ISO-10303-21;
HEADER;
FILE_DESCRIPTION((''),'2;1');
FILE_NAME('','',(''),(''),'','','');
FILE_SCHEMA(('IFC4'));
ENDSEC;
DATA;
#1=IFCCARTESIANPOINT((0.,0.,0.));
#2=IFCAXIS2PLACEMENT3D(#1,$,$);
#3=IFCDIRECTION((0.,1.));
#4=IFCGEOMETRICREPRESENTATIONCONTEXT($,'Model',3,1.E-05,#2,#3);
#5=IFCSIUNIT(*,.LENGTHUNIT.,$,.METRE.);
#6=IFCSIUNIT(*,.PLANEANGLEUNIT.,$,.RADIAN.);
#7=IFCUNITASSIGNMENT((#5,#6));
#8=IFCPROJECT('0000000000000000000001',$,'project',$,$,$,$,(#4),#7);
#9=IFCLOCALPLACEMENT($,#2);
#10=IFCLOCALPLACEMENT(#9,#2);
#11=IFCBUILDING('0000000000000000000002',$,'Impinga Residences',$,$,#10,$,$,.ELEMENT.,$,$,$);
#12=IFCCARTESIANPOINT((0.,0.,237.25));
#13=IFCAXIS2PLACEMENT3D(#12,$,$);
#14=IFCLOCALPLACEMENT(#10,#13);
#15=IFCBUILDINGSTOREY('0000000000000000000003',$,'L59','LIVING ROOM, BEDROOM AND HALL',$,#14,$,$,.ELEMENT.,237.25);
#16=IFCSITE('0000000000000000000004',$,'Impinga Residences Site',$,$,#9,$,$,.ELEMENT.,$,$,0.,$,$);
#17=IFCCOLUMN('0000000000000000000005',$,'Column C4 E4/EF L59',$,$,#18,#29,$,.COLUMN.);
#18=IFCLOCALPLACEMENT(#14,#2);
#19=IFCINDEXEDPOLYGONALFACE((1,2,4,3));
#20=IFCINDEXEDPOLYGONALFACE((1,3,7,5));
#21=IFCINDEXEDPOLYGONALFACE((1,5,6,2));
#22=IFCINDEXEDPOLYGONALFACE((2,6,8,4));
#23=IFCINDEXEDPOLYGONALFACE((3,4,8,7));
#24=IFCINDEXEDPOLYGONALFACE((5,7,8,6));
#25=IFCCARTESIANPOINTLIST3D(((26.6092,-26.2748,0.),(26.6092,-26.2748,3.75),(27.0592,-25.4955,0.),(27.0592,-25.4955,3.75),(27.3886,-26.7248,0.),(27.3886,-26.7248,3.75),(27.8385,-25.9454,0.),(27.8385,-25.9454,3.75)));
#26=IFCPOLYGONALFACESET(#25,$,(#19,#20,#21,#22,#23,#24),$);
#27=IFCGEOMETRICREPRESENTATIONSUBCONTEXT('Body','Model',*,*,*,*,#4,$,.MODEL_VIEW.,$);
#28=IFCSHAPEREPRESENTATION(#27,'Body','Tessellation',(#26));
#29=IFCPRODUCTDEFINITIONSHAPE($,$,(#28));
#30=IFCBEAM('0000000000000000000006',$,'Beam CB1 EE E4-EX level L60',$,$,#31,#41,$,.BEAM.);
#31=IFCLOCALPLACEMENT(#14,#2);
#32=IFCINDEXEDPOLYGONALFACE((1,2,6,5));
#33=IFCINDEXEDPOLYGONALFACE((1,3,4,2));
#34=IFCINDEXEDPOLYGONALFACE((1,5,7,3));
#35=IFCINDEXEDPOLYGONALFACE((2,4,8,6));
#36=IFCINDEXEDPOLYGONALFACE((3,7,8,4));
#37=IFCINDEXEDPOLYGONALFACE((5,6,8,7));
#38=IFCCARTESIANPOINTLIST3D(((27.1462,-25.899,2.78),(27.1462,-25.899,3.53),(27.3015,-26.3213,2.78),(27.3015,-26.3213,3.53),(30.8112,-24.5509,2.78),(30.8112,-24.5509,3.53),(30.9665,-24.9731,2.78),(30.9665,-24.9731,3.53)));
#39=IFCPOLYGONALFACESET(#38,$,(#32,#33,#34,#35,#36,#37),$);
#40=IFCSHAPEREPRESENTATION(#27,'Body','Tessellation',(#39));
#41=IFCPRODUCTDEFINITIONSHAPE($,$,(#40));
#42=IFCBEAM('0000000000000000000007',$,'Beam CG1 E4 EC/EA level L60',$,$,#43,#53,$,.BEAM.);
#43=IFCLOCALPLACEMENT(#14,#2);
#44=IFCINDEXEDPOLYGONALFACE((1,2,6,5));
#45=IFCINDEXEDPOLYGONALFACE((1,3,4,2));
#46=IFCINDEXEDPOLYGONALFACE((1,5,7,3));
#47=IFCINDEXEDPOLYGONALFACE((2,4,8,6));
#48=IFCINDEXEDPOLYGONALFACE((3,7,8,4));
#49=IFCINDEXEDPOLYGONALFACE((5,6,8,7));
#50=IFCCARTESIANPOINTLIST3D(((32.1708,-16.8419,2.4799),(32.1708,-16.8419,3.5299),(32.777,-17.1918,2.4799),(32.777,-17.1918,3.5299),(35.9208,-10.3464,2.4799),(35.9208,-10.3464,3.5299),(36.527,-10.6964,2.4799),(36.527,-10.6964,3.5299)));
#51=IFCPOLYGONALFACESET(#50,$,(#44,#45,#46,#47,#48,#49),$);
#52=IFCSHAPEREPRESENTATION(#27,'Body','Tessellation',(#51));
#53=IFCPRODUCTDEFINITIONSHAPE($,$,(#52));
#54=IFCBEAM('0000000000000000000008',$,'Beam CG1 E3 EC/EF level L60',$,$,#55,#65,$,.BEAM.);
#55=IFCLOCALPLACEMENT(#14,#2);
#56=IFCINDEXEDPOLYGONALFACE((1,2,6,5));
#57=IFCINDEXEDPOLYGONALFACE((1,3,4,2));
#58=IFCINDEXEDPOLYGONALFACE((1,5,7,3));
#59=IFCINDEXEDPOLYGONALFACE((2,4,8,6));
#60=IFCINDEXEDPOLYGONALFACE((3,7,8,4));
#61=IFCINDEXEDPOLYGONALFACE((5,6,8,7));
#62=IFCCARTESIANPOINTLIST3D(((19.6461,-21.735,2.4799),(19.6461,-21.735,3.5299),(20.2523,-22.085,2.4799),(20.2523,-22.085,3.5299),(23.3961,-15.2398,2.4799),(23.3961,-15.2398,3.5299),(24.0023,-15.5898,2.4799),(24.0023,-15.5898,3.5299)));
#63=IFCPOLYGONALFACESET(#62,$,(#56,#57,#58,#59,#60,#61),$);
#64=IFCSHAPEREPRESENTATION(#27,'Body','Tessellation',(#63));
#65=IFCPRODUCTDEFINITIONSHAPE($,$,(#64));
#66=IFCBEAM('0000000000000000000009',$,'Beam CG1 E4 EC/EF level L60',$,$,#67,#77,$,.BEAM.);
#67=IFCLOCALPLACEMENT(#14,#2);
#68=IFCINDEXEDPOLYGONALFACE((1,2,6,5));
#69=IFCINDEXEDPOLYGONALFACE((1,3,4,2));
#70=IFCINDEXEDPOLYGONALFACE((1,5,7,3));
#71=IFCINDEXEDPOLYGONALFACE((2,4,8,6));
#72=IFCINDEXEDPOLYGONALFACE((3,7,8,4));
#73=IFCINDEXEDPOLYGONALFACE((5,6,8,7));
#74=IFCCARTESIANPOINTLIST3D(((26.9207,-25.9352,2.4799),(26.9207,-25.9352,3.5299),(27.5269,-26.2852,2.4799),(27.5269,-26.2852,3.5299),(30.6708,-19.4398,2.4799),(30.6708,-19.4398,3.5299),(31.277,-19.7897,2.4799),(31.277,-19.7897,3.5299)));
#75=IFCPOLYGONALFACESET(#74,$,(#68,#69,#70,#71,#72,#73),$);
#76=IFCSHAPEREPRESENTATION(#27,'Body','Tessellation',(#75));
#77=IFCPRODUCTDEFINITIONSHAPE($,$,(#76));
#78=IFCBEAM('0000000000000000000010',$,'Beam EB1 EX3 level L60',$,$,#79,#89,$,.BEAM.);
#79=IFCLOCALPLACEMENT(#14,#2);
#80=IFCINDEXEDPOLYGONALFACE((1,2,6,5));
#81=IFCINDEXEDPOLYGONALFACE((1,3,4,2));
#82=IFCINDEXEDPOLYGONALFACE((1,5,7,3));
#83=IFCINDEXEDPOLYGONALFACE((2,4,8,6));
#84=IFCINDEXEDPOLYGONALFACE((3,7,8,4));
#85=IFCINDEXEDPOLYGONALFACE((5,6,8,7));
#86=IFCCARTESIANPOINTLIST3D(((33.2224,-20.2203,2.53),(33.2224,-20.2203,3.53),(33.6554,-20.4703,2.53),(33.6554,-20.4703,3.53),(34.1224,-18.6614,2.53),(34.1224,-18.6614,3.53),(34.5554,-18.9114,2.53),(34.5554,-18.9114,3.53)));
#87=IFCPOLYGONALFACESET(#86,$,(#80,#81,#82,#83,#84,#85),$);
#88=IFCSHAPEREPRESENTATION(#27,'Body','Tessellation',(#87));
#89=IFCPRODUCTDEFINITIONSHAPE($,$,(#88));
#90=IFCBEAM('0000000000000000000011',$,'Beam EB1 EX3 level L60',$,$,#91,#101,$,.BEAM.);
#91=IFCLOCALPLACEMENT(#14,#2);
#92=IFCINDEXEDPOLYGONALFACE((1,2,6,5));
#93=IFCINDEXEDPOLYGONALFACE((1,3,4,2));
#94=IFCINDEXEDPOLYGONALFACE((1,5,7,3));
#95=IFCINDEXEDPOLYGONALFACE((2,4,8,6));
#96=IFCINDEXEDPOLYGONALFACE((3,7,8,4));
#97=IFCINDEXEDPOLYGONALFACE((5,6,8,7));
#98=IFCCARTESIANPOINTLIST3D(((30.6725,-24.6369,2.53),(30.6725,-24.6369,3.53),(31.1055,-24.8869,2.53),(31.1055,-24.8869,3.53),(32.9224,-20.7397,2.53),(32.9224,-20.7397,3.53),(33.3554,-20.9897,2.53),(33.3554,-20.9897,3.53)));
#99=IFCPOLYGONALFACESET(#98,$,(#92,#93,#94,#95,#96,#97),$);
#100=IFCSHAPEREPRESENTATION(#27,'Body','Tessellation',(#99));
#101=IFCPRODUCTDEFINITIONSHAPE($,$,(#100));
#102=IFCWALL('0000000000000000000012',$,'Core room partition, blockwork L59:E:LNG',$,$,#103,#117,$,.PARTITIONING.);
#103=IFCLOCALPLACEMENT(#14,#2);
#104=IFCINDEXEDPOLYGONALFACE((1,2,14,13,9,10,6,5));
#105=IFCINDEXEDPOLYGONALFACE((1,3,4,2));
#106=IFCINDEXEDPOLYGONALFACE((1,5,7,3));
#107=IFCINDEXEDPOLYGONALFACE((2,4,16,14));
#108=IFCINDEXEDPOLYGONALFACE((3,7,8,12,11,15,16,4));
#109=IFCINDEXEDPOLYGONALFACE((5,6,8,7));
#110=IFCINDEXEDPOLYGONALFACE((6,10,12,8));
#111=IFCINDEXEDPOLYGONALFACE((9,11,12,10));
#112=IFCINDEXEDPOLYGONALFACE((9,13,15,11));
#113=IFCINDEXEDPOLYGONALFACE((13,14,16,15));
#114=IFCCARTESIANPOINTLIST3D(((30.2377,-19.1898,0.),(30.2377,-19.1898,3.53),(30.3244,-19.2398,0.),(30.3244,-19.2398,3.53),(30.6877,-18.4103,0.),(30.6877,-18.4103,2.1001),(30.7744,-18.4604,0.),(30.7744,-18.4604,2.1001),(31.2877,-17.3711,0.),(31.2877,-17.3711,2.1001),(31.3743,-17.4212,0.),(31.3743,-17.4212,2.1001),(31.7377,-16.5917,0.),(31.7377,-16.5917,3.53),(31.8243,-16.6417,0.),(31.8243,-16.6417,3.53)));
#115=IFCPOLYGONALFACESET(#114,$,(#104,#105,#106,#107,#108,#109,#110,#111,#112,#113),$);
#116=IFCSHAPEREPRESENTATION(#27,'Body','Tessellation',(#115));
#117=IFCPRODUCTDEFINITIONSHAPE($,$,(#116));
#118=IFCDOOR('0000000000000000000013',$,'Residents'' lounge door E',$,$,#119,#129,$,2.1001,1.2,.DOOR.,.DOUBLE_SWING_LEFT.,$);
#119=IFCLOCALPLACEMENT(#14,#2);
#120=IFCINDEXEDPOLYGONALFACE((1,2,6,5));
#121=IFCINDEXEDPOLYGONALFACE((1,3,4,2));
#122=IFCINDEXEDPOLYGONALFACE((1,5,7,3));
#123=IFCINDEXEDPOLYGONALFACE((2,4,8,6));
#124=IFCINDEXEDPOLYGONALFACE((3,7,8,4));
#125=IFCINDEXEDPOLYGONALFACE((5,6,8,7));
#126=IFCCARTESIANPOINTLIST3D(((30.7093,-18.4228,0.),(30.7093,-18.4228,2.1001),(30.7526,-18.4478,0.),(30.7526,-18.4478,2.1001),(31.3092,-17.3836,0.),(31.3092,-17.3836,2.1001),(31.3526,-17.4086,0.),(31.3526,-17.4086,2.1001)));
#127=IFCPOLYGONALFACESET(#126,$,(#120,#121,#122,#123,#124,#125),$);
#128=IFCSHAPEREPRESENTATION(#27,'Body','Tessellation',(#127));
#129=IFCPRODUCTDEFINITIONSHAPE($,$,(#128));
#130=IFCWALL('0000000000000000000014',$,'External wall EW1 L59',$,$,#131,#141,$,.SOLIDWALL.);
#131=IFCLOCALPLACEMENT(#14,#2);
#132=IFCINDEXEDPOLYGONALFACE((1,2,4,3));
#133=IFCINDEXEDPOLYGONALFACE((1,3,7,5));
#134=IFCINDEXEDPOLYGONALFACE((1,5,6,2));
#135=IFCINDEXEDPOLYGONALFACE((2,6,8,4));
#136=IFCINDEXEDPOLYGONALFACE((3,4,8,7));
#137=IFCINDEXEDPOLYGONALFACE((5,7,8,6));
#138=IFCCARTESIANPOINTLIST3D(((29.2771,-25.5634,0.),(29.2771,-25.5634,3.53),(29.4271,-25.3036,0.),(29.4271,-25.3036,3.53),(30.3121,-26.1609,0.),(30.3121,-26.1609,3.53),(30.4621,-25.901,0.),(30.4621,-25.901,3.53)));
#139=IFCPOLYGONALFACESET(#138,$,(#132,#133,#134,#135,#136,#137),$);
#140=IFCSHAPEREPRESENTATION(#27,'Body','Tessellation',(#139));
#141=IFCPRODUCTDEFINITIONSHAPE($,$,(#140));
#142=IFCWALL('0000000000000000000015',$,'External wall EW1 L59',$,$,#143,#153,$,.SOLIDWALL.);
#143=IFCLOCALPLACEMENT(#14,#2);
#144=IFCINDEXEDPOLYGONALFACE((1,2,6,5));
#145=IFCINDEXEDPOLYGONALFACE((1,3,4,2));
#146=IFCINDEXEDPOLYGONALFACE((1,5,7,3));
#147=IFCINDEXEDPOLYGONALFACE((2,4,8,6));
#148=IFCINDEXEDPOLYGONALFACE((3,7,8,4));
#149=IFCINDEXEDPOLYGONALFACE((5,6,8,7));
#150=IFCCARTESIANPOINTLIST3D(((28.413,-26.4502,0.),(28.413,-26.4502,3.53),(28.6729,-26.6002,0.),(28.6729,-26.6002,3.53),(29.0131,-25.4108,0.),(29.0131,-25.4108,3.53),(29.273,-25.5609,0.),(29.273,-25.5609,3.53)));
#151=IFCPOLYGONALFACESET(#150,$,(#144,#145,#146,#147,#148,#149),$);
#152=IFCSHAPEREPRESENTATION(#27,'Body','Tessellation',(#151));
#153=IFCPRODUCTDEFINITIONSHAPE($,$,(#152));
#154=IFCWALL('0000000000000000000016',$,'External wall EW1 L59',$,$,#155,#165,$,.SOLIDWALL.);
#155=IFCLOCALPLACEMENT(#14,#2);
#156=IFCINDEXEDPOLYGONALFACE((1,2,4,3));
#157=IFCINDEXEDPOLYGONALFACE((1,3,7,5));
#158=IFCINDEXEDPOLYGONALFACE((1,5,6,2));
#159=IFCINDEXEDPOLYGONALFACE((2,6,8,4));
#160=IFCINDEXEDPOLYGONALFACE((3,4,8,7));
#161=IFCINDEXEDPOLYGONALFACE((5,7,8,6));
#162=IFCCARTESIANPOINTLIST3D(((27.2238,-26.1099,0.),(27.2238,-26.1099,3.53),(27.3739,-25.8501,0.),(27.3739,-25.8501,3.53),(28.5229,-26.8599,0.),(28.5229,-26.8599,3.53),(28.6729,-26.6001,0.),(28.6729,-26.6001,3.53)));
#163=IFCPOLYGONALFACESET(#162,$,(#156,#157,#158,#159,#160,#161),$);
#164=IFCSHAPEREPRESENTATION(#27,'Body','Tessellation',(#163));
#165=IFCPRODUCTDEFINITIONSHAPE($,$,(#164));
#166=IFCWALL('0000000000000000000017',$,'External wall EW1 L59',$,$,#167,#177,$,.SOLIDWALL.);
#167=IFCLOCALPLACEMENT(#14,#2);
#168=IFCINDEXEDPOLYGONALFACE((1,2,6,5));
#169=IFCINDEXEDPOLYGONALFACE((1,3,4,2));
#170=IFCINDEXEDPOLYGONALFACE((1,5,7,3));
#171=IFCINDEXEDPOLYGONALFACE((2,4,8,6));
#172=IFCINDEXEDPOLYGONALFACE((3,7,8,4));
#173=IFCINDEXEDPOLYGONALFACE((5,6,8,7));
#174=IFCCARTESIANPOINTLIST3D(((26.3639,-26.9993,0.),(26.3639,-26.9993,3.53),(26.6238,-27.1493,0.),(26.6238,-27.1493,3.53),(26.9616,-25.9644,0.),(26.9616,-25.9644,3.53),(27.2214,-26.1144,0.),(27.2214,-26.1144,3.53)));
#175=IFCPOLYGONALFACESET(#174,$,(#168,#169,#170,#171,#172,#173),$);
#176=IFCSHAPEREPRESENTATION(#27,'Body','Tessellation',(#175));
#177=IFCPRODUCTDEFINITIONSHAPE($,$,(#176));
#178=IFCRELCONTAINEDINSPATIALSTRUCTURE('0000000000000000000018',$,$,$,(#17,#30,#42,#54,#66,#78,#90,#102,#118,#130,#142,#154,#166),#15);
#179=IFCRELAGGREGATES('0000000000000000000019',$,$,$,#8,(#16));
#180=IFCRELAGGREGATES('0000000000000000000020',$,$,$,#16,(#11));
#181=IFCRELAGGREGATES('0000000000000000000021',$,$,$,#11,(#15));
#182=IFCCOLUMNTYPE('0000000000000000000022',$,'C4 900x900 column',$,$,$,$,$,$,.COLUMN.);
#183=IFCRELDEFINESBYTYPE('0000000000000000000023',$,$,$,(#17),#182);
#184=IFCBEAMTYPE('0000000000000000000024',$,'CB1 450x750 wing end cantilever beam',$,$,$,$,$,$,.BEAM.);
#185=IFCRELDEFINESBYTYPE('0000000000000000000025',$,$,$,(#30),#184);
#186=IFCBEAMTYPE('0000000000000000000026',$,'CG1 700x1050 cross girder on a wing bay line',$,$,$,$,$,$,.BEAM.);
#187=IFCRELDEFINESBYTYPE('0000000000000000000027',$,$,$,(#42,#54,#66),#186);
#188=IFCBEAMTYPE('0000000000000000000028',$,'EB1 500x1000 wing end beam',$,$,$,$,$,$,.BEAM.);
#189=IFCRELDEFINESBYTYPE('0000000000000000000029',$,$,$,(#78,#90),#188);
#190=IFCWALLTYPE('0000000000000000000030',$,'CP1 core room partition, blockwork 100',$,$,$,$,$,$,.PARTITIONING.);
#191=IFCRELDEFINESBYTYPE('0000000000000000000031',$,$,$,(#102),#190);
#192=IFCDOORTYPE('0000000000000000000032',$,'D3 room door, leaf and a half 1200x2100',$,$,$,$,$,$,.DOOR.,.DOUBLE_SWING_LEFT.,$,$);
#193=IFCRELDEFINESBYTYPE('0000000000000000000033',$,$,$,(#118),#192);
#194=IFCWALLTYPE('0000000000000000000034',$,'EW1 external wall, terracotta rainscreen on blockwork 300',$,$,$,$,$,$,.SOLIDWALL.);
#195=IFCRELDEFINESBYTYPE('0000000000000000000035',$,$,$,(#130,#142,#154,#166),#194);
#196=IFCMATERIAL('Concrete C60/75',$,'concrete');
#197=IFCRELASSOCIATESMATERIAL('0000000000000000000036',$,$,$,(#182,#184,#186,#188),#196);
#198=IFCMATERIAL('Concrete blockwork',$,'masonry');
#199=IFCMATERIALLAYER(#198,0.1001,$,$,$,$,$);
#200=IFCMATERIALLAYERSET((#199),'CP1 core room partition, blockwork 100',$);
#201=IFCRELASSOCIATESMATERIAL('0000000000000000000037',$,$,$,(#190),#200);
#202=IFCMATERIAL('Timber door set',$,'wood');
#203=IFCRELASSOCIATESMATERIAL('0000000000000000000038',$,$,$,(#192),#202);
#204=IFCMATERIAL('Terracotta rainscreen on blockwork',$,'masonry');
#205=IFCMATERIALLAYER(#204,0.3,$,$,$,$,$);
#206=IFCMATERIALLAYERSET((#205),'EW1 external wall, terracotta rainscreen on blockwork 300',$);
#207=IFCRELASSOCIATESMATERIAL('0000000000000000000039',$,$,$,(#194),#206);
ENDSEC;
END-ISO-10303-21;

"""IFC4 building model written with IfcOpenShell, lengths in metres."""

from ifc_helpers import new_model, si_unit, direction, frame, frame_2d, origin, origin_2d, place, context, subcontext, project, spatial, rectangle, extrude, material, layer, layer_set, material_profile, profile_set, type_object, element, fill, save


model = new_model("IFC4")

# Units and contexts
model_context = context("Model", 3, precision=1e-05, world=origin(), true_north=direction((0.0, 1.0)))
body_context = subcontext(model_context, "Body", "Model", "MODEL_VIEW")
ifc_project = project(units=[si_unit("LENGTHUNIT", "METRE"), si_unit("PLANEANGLEUNIT", "RADIAN")], contexts=[model_context])

# Site, building, storey
site_placement = place(None, origin())
site = spatial("IfcSite", under=ifc_project, at=site_placement, Name="Impinga Residences Site", CompositionType="ELEMENT", RefElevation=0.0)
building_placement = place(site_placement, origin())
building = spatial("IfcBuilding", under=site, at=building_placement, Name="Impinga Residences", CompositionType="ELEMENT")
storey_placement = place(building_placement, frame((0.0, 0.0, 237.25)))
storey = spatial("IfcBuildingStorey", under=building, at=storey_placement, Name="L59", Description="LIVING ROOM, BEDROOM AND HALL", CompositionType="ELEMENT", Elevation=237.25)

# Column
ifc_material_1 = material(Name="Concrete C60/75", Category="concrete")
ifc_material_profile_1 = material_profile(ifc_material_1, rectangle(XDim=0.8999, YDim=0.8999, at=origin_2d()), Name="RC 900x900")
ifc_profile_set_1 = profile_set([ifc_material_profile_1], Name="Concrete C60/75")
column_type = type_object("IfcColumnType", Name="C4 900x900 column", PredefinedType="COLUMN", material=ifc_profile_set_1)
column_placement = place(storey_placement, frame((27.2239, -26.1101, 0.0), z_axis=(0.0, 0.0, 1.0), x_axis=(-0.5, -0.866025, 0.0)))
element("IfcColumn", 1, at=column_placement, inside=storey, type_object=column_type, Name="Column C4 E4/EF L59", PredefinedType="COLUMN", context=body_context, shape_type="SweptSolid", body=[
    extrude(rectangle(XDim=0.8999, YDim=0.8999, at=origin_2d()), origin(), (0.0, 0.0, 1.0), 3.75),
])

# Beams
ifc_material_profile_2 = material_profile(ifc_material_1, rectangle(XDim=0.45, YDim=0.75, at=origin_2d()), Name="RC 450x750")
ifc_profile_set_2 = profile_set([ifc_material_profile_2], Name="Concrete C60/75")
beam_type_1 = type_object("IfcBeamType", Name="CB1 450x750 wing end cantilever beam", PredefinedType="BEAM", material=ifc_profile_set_2)
beam_1_placement = place(storey_placement, frame((27.2239, -26.1101, 3.155), z_axis=(0.93852, 0.345224, 0.0), x_axis=(-0.345224, 0.93852, 0.0)))
element("IfcBeam", 2, at=beam_1_placement, inside=storey, type_object=beam_type_1, Name="Beam CB1 EE E4-EX level L60", PredefinedType="BEAM", context=body_context, shape_type="SweptSolid", body=[
    extrude(rectangle(XDim=0.45, YDim=0.75, at=origin_2d()), origin(), (0.0, 0.0, 1.0), 3.905),
])
ifc_material_profile_3 = material_profile(ifc_material_1, rectangle(XDim=0.7, YDim=1.05, at=origin_2d()), Name="RC 700x1050")
ifc_profile_set_3 = profile_set([ifc_material_profile_3], Name="Concrete C60/75")
beam_type_2 = type_object("IfcBeamType", Name="CG1 700x1050 cross girder on a wing bay line", PredefinedType="BEAM", material=ifc_profile_set_3)
beam_2_placement = place(storey_placement, frame((32.4739, -17.0168, 3.0049), z_axis=(0.49999, 0.866031, 0.0), x_axis=(-0.866031, 0.49999, 0.0)))
element("IfcBeam", 3, at=beam_2_placement, inside=storey, type_object=beam_type_2, Name="Beam CG1 E4 EC/EA level L60", PredefinedType="BEAM", context=body_context, shape_type="SweptSolid", body=[
    extrude(rectangle(XDim=0.7, YDim=1.05, at=origin_2d()), origin(), (0.0, 0.0, 1.0), 7.5002),
])
beam_3_placement = place(storey_placement, frame((23.6992, -15.4148, 3.0049), z_axis=(-0.500004, -0.866023, 0.0), x_axis=(0.866023, -0.500004, 0.0)))
element("IfcBeam", 4, at=beam_3_placement, inside=storey, type_object=beam_type_2, Name="Beam CG1 E3 EC/EF level L60", PredefinedType="BEAM", context=body_context, shape_type="SweptSolid", body=[
    extrude(rectangle(XDim=0.7, YDim=1.05, at=origin_2d()), origin(), (0.0, 0.0, 1.0), 7.5),
])
beam_4_placement = place(storey_placement, frame((30.9739, -19.6147, 3.0049), z_axis=(-0.49999, -0.866031, 0.0), x_axis=(0.866031, -0.49999, 0.0)))
element("IfcBeam", 5, at=beam_4_placement, inside=storey, type_object=beam_type_2, Name="Beam CG1 E4 EC/EF level L60", PredefinedType="BEAM", context=body_context, shape_type="SweptSolid", body=[
    extrude(rectangle(XDim=0.7, YDim=1.05, at=origin_2d()), origin(), (0.0, 0.0, 1.0), 7.5002),
])
ifc_material_profile_4 = material_profile(ifc_material_1, rectangle(XDim=0.5, YDim=1.0, at=origin_2d()), Name="RC 500x1000")
ifc_profile_set_4 = profile_set([ifc_material_profile_4], Name="Concrete C60/75")
beam_type_3 = type_object("IfcBeamType", Name="EB1 500x1000 wing end beam", PredefinedType="BEAM", material=ifc_profile_set_4)
beam_5_placement = place(storey_placement, frame((34.3389, -18.7864, 3.03), z_axis=(-0.499961, -0.866048, 0.0), x_axis=(0.866048, -0.499961, 0.0)))
element("IfcBeam", 6, at=beam_5_placement, inside=storey, type_object=beam_type_3, Name="Beam EB1 EX3 level L60", PredefinedType="BEAM", context=body_context, shape_type="SweptSolid", body=[
    extrude(rectangle(XDim=0.5, YDim=1.0, at=origin_2d()), origin(), (0.0, 0.0, 1.0), 1.8),
])
beam_6_placement = place(storey_placement, frame((33.1389, -20.8647, 3.03), z_axis=(-0.49999, -0.866031, 0.0), x_axis=(0.866031, -0.49999, 0.0)))
element("IfcBeam", 7, at=beam_6_placement, inside=storey, type_object=beam_type_3, Name="Beam EB1 EX3 level L60", PredefinedType="BEAM", context=body_context, shape_type="SweptSolid", body=[
    extrude(rectangle(XDim=0.5, YDim=1.0, at=origin_2d()), origin(), (0.0, 0.0, 1.0), 4.5),
])

# Wall, opening, door
ifc_material_2 = material(Name="Concrete blockwork", Category="masonry")
ifc_layer_1 = layer(ifc_material_2, 0.1001)
ifc_layer_set_1 = layer_set([ifc_layer_1], Name="CP1 core room partition, blockwork 100")
wall_type_1 = type_object("IfcWallType", Name="CP1 core room partition, blockwork 100", PredefinedType="PARTITIONING", material=ifc_layer_set_1)
wall_1_placement = place(storey_placement, frame((31.781, -16.6167, 0.0), z_axis=(0.0, 0.0, 1.0), x_axis=(-0.49999, -0.866031, 0.0)))
wall_1 = element("IfcWall", 8, at=wall_1_placement, inside=storey, type_object=wall_type_1, Name="Core room partition, blockwork L59:E:LNG", PredefinedType="PARTITIONING", context=body_context, shape_type="SweptSolid", body=[
    extrude(rectangle(XDim=3.0, YDim=0.1001, at=frame_2d((1.5, 0.0))), origin(), (0.0, 0.0, 1.0), 3.53),
])
opening_1_placement = place(wall_1_placement, frame((0.8999, 0.0, 0.0)))
opening_1 = element("IfcOpeningElement", 9, at=opening_1_placement, cuts=wall_1, PredefinedType="OPENING", context=body_context, shape_type="SweptSolid", body=[
    extrude(rectangle(XDim=1.2, YDim=2.1001, at=frame_2d((0.6001, 1.05))), frame((0.0, 0.0601, 0.0), z_axis=(0.0, -1.0, 0.0), x_axis=(1.0, 0.0, 0.0)), (0.0, 0.0, 1.0), 0.1201),
])
ifc_material_3 = material(Name="Timber door set", Category="wood")
door_type_1 = type_object("IfcDoorType", Name="D3 room door, leaf and a half 1200x2100", OperationType="DOUBLE_SWING_LEFT", PredefinedType="DOOR", material=ifc_material_3)
door_1_placement = place(opening_1_placement, origin())
door_1 = element("IfcDoor", 10, at=door_1_placement, inside=storey, type_object=door_type_1, Name="Residents' lounge door E", OperationType="DOUBLE_SWING_LEFT", OverallHeight=2.1001, OverallWidth=1.2, PredefinedType="DOOR", context=body_context, shape_type="SweptSolid", body=[
    extrude(rectangle(XDim=1.2, YDim=2.1001, at=frame_2d((0.6001, 1.05))), frame((0.0, 0.0249, 0.0), z_axis=(0.0, -1.0, 0.0), x_axis=(1.0, 0.0, 0.0)), (0.0, 0.0, 1.0), 0.05),
])
fill(opening_1, door_1)

# Walls
ifc_material_4 = material(Name="Terracotta rainscreen on blockwork", Category="masonry")
ifc_layer_2 = layer(ifc_material_4, 0.3)
ifc_layer_set_2 = layer_set([ifc_layer_2], Name="EW1 external wall, terracotta rainscreen on blockwork 300")
wall_type_2 = type_object("IfcWallType", Name="EW1 external wall, terracotta rainscreen on blockwork 300", PredefinedType="SOLIDWALL", material=ifc_layer_set_2)
wall_2_placement = place(storey_placement, frame((30.3872, -26.031, 0.0), z_axis=(0.0, 0.0, 1.0), x_axis=(-0.86606, 0.499941, 0.0)))
element("IfcWall", 11, at=wall_2_placement, inside=storey, type_object=wall_type_2, Name="External wall EW1 L59", PredefinedType="SOLIDWALL", context=body_context, shape_type="SweptSolid", body=[
    extrude(rectangle(XDim=1.1951, YDim=0.3, at=frame_2d((0.5977, 0.0))), origin(), (0.0, 0.0, 1.0), 3.53),
])
wall_3_placement = place(storey_placement, frame((29.1431, -25.4858, 0.0), z_axis=(0.0, 0.0, 1.0), x_axis=(-0.500034, -0.866006, 0.0)))
element("IfcWall", 12, at=wall_3_placement, inside=storey, type_object=wall_type_2, Name="External wall EW1 L59", PredefinedType="SOLIDWALL", context=body_context, shape_type="SweptSolid", body=[
    extrude(rectangle(XDim=1.2002, YDim=0.3, at=frame_2d((0.6001, 0.0))), origin(), (0.0, 0.0, 1.0), 3.53),
])
wall_4_placement = place(storey_placement, frame((28.5979, -26.73, 0.0), z_axis=(0.0, 0.0, 1.0), x_axis=(-0.866031, 0.49999, 0.0)))
element("IfcWall", 13, at=wall_4_placement, inside=storey, type_object=wall_type_2, Name="External wall EW1 L59", PredefinedType="SOLIDWALL", context=body_context, shape_type="SweptSolid", body=[
    extrude(rectangle(XDim=1.5, YDim=0.3, at=frame_2d((0.75, 0.0))), origin(), (0.0, 0.0, 1.0), 3.53),
])
wall_5_placement = place(storey_placement, frame((27.0916, -26.0393, 0.0), z_axis=(0.0, 0.0, 1.0), x_axis=(-0.500094, -0.865971, 0.0)))
element("IfcWall", 14, at=wall_5_placement, inside=storey, type_object=wall_type_2, Name="External wall EW1 L59", PredefinedType="SOLIDWALL", context=body_context, shape_type="SweptSolid", body=[
    extrude(rectangle(XDim=1.1951, YDim=0.3, at=frame_2d((0.5977, 0.0))), origin(), (0.0, 0.0, 1.0), 3.53),
])

save(model, "model.ifc")
